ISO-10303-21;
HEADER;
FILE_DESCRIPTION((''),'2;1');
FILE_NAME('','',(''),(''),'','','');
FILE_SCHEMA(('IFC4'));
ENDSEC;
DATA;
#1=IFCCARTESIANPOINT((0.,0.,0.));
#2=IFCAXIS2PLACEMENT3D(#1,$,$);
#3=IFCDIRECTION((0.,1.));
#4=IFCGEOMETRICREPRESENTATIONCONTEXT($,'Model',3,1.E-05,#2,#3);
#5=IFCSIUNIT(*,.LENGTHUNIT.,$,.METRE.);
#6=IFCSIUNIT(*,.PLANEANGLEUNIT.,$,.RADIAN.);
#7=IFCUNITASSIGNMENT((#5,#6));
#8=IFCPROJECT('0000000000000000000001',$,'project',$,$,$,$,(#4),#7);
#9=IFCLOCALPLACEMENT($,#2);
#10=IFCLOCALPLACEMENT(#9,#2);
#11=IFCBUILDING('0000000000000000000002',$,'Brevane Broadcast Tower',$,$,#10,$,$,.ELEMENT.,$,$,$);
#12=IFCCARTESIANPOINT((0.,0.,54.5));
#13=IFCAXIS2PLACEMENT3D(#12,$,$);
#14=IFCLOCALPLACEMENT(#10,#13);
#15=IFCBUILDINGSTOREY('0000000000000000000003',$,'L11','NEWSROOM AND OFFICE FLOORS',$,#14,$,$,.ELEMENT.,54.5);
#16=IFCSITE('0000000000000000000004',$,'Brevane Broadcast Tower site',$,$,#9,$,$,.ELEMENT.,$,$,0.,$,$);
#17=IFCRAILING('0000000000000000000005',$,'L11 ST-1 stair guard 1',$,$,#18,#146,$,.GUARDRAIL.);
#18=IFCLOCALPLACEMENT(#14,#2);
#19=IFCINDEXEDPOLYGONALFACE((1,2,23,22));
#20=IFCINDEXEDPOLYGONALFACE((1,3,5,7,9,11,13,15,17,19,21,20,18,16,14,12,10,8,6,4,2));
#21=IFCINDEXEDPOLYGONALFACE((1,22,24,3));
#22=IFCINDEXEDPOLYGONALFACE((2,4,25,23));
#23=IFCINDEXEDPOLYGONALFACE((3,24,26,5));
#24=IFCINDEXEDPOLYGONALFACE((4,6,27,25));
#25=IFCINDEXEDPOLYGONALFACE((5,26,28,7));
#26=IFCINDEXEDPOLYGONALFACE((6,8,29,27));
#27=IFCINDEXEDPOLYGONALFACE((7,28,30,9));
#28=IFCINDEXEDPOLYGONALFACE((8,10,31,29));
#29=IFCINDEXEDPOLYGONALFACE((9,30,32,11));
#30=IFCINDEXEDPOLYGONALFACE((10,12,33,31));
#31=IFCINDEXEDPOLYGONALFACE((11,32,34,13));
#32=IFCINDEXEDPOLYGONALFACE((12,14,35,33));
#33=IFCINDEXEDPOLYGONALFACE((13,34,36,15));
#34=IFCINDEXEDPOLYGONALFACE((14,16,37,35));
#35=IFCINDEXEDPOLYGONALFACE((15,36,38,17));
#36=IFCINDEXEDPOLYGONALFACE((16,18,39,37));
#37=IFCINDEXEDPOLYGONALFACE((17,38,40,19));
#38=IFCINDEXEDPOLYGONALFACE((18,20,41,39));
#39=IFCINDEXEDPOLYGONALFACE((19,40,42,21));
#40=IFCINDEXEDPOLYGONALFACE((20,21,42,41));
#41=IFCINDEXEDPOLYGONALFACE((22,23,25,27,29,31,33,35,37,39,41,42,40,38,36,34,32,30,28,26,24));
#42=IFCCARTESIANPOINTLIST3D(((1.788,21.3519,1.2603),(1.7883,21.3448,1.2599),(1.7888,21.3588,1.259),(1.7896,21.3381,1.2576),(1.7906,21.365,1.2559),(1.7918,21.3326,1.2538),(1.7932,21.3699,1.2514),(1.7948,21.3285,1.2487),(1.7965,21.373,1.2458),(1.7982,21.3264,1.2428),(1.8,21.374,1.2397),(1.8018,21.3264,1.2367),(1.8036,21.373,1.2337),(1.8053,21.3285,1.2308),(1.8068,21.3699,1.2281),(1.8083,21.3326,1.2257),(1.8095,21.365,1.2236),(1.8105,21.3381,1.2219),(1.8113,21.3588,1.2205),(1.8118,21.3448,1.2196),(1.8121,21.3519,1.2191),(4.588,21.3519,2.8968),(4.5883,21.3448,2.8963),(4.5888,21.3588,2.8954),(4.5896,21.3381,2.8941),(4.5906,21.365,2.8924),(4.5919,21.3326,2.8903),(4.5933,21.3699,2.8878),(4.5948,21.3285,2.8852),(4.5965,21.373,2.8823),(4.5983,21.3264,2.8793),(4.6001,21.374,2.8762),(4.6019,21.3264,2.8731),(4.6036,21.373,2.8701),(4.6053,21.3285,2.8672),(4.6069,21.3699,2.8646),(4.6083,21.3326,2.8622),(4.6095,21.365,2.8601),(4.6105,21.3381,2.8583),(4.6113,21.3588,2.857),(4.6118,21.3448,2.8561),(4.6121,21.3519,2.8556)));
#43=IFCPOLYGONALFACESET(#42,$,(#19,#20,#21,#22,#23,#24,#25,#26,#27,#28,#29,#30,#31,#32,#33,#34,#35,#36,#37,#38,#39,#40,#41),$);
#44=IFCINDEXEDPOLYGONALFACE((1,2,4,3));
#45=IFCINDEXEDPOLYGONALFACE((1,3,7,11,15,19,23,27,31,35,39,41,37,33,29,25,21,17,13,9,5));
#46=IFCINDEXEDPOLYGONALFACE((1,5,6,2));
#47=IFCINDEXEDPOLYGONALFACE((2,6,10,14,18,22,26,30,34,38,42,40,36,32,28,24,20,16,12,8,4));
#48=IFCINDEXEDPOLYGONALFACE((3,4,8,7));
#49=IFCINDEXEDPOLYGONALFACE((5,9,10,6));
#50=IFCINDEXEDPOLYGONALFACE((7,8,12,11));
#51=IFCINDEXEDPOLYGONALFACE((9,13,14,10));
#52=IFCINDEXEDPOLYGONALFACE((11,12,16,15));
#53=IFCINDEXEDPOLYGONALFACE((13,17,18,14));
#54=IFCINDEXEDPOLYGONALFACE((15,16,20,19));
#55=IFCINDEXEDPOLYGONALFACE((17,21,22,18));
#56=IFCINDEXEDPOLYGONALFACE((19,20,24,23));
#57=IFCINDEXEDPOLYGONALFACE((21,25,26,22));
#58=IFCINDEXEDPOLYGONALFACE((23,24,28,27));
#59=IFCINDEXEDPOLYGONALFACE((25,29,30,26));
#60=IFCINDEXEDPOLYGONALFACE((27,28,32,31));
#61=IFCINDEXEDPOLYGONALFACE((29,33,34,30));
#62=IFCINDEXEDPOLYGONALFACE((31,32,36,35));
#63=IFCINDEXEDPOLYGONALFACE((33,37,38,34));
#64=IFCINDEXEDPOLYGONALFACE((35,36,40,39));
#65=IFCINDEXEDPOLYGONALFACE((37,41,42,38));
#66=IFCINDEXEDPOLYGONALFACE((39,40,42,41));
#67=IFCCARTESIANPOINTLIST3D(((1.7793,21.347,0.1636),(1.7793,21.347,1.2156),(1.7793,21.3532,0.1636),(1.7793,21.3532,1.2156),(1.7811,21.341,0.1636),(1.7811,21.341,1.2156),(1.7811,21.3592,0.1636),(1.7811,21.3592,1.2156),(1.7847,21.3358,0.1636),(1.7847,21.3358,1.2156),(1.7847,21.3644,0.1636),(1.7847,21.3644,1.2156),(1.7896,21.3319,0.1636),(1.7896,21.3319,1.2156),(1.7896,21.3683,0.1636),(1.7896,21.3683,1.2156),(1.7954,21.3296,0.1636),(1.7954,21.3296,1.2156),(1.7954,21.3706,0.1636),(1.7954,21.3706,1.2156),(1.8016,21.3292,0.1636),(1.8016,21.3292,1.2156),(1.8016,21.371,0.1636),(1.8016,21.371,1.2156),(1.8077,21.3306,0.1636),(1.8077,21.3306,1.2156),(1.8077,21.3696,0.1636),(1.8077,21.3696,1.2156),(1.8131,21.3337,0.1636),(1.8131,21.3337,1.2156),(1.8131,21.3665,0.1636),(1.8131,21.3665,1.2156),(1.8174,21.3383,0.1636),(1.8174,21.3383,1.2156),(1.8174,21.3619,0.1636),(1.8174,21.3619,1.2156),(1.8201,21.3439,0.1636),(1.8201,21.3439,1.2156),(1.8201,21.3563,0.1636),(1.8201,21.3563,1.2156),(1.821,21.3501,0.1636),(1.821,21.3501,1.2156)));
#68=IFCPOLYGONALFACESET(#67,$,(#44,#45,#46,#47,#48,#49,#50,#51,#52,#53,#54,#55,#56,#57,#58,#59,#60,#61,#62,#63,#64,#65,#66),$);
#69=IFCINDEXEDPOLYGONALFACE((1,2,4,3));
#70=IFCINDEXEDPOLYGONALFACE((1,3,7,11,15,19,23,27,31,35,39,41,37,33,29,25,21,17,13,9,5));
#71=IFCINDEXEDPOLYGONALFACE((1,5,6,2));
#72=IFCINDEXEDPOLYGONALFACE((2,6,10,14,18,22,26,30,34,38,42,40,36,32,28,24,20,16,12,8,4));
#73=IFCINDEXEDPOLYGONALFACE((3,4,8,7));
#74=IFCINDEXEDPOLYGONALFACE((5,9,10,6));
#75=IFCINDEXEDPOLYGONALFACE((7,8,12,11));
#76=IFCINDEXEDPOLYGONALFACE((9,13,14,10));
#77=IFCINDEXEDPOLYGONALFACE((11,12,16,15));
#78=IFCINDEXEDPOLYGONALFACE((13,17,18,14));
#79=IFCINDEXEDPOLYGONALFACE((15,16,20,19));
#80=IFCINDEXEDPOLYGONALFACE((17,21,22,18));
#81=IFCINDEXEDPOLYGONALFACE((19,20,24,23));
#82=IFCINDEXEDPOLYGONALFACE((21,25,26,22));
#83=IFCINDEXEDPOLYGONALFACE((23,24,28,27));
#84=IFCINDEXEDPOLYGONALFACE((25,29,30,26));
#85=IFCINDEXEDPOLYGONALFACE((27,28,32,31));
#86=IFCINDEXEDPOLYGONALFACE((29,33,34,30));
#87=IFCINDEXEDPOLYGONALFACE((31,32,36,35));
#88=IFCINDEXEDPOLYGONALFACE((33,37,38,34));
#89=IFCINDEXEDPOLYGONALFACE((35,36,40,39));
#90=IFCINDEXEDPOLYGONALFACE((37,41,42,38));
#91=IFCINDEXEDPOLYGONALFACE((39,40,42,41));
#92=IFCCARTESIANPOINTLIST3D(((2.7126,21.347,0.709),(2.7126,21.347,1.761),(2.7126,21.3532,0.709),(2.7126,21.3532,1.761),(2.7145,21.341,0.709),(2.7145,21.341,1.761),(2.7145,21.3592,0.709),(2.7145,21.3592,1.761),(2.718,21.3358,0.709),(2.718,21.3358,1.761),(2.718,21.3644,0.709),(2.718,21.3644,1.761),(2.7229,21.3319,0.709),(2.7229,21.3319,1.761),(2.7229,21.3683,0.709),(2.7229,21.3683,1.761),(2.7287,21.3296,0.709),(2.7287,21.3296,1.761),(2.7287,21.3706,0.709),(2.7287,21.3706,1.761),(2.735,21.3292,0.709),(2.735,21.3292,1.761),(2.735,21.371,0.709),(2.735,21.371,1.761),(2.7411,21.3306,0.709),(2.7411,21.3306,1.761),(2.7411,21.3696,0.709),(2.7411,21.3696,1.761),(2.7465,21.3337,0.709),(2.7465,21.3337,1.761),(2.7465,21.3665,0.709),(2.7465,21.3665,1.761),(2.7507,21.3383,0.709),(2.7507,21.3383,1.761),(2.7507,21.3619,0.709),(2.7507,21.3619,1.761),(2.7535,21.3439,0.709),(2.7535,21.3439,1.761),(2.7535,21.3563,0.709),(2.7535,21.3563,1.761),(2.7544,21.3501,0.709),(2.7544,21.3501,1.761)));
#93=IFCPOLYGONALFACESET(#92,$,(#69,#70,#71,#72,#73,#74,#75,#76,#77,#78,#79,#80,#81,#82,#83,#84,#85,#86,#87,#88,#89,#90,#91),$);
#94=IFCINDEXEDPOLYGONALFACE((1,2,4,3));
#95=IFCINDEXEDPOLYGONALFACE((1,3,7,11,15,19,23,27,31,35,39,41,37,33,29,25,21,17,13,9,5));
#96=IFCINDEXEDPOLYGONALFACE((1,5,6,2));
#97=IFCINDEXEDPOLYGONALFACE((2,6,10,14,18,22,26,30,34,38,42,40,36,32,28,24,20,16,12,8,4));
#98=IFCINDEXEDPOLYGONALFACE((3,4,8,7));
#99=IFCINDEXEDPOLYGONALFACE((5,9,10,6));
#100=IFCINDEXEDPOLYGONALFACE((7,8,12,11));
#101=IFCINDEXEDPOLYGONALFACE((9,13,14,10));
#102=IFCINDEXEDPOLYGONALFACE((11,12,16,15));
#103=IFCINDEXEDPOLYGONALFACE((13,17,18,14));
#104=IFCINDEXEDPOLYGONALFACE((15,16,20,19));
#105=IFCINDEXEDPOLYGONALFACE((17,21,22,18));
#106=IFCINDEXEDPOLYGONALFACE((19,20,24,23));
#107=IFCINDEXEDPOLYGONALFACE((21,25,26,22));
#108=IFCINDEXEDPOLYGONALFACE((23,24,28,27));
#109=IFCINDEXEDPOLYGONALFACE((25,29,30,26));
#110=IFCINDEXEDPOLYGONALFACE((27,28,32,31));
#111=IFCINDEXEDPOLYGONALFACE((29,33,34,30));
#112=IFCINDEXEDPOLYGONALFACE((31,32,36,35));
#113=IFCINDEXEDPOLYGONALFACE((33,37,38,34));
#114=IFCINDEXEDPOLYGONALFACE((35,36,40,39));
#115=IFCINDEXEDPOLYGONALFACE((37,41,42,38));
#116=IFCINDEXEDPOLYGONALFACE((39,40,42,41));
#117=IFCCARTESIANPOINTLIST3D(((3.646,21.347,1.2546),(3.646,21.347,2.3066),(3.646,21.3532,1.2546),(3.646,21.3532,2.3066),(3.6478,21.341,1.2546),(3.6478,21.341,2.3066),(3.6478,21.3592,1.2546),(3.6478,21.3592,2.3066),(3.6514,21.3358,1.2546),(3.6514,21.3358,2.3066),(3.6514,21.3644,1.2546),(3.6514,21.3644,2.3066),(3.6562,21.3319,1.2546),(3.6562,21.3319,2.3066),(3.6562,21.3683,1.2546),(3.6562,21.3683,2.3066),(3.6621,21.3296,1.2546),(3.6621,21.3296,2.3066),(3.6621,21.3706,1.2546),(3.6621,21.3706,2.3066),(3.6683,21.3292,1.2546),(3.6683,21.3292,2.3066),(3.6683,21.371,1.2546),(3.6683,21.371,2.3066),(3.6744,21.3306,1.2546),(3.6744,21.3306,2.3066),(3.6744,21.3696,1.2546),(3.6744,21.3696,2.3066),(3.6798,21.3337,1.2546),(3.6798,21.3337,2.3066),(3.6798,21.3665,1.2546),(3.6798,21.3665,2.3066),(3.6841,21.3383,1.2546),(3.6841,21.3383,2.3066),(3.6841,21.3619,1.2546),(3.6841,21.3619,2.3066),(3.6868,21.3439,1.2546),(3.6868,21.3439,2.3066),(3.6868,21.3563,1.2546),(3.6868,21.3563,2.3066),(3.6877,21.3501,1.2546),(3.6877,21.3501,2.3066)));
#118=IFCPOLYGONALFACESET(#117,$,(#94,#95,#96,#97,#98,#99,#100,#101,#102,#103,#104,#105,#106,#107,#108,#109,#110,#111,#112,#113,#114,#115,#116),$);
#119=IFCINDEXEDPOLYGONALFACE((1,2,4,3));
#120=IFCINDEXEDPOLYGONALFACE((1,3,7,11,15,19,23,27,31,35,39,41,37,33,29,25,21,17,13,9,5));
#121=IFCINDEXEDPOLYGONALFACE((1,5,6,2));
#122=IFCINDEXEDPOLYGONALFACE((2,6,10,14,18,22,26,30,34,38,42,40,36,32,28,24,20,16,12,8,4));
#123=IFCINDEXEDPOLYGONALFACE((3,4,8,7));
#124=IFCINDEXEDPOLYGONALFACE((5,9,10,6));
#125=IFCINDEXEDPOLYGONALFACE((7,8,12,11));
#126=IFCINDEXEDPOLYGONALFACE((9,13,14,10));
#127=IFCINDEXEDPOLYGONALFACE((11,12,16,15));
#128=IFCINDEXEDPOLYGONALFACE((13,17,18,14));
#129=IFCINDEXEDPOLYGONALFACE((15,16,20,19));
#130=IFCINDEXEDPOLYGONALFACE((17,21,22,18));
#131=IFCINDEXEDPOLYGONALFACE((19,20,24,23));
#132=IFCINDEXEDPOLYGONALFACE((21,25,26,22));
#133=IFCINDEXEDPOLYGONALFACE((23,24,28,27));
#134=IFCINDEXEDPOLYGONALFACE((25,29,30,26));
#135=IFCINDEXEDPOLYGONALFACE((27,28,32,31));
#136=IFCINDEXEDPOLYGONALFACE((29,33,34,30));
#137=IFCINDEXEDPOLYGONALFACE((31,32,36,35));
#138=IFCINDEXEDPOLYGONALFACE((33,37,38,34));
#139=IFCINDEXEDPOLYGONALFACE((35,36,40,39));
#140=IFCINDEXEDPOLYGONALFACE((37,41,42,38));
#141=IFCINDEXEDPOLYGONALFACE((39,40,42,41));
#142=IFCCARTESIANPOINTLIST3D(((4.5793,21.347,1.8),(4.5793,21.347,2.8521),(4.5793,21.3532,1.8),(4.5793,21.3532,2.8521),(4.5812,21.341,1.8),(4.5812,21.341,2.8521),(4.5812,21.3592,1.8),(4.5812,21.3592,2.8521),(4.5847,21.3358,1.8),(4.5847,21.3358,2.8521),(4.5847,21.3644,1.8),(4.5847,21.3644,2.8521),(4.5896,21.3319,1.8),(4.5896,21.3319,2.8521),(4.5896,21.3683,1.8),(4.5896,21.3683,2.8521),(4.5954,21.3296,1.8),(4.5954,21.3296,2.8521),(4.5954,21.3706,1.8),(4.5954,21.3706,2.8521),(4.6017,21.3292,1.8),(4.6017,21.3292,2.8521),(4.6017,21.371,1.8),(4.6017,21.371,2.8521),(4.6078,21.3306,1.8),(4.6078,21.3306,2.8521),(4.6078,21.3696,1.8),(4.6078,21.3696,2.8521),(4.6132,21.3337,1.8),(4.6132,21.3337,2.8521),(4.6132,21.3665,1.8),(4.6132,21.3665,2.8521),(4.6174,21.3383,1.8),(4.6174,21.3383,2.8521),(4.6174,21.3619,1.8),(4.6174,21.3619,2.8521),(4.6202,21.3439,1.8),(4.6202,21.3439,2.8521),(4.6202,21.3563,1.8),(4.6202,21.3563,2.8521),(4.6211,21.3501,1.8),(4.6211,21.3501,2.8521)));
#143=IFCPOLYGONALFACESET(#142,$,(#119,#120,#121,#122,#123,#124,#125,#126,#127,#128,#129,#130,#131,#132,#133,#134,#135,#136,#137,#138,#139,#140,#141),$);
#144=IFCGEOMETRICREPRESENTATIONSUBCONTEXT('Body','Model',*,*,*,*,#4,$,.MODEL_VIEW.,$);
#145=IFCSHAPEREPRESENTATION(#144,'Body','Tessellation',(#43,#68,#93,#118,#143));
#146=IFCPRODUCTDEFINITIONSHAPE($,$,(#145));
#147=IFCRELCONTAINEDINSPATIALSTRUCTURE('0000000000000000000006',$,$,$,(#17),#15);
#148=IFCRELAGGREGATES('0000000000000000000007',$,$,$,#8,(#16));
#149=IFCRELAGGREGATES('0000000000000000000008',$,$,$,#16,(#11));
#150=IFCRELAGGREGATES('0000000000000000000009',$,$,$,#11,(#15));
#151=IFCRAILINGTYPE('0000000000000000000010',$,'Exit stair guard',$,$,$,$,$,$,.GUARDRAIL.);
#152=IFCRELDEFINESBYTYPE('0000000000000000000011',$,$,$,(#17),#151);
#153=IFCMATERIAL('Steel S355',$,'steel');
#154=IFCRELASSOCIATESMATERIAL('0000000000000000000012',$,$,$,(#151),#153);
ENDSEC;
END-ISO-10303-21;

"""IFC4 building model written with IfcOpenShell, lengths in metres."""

from ifc_helpers import new_model, si_unit, direction, frame, origin, origin_2d, place, context, subcontext, project, spatial, circle, extrude, material, type_object, element, save


model = new_model("IFC4")

# Units and contexts
model_context = context("Model", 3, precision=1e-05, world=origin(), true_north=direction((0.0, 1.0)))
body_context = subcontext(model_context, "Body", "Model", "MODEL_VIEW")
ifc_project = project(units=[si_unit("LENGTHUNIT", "METRE"), si_unit("PLANEANGLEUNIT", "RADIAN")], contexts=[model_context])

# Site, building, storey
site_placement = place(None, origin())
site = spatial("IfcSite", under=ifc_project, at=site_placement, Name="Brevane Broadcast Tower site", CompositionType="ELEMENT", RefElevation=0.0)
building_placement = place(site_placement, origin())
building = spatial("IfcBuilding", under=site, at=building_placement, Name="Brevane Broadcast Tower", CompositionType="ELEMENT")
storey_placement = place(building_placement, frame((0.0, 0.0, 54.5)))
storey = spatial("IfcBuildingStorey", under=building, at=storey_placement, Name="L11", Description="NEWSROOM AND OFFICE FLOORS", CompositionType="ELEMENT", Elevation=54.5)

# Railing
ifc_material_1 = material(Name="Steel S355", Category="steel")
railing_type_1 = type_object("IfcRailingType", Name="Exit stair guard", PredefinedType="GUARDRAIL", material=ifc_material_1)
railing_1_placement = place(storey_placement, frame((1.8, 21.3501, 0.1636)))
element("IfcRailing", 1, at=railing_1_placement, inside=storey, type_object=railing_type_1, Name="L11 ST-1 stair guard 1", PredefinedType="GUARDRAIL", context=body_context, shape_type="SweptSolid", body=[
    extrude(circle(Radius=0.0239, at=origin_2d()), frame((0.0, 0.0, 1.0762), z_axis=(0.863361, 0.0, 0.504587), x_axis=(0.0, 1.0, 0.0)), (0.0, 0.0, 1.0), 3.2432),
    extrude(circle(Radius=0.021, at=origin_2d()), origin(), (0.0, 0.0, 1.0), 1.052),
    extrude(circle(Radius=0.021, at=origin_2d()), frame((0.9333, 0.0, 0.5454)), (0.0, 0.0, 1.0), 1.052),
    extrude(circle(Radius=0.021, at=origin_2d()), frame((1.8667, 0.0, 1.0911)), (0.0, 0.0, 1.0), 1.052),
    extrude(circle(Radius=0.021, at=origin_2d()), frame((2.8, 0.0, 1.6365)), (0.0, 0.0, 1.0), 1.052),
])

save(model, "model.ifc")
